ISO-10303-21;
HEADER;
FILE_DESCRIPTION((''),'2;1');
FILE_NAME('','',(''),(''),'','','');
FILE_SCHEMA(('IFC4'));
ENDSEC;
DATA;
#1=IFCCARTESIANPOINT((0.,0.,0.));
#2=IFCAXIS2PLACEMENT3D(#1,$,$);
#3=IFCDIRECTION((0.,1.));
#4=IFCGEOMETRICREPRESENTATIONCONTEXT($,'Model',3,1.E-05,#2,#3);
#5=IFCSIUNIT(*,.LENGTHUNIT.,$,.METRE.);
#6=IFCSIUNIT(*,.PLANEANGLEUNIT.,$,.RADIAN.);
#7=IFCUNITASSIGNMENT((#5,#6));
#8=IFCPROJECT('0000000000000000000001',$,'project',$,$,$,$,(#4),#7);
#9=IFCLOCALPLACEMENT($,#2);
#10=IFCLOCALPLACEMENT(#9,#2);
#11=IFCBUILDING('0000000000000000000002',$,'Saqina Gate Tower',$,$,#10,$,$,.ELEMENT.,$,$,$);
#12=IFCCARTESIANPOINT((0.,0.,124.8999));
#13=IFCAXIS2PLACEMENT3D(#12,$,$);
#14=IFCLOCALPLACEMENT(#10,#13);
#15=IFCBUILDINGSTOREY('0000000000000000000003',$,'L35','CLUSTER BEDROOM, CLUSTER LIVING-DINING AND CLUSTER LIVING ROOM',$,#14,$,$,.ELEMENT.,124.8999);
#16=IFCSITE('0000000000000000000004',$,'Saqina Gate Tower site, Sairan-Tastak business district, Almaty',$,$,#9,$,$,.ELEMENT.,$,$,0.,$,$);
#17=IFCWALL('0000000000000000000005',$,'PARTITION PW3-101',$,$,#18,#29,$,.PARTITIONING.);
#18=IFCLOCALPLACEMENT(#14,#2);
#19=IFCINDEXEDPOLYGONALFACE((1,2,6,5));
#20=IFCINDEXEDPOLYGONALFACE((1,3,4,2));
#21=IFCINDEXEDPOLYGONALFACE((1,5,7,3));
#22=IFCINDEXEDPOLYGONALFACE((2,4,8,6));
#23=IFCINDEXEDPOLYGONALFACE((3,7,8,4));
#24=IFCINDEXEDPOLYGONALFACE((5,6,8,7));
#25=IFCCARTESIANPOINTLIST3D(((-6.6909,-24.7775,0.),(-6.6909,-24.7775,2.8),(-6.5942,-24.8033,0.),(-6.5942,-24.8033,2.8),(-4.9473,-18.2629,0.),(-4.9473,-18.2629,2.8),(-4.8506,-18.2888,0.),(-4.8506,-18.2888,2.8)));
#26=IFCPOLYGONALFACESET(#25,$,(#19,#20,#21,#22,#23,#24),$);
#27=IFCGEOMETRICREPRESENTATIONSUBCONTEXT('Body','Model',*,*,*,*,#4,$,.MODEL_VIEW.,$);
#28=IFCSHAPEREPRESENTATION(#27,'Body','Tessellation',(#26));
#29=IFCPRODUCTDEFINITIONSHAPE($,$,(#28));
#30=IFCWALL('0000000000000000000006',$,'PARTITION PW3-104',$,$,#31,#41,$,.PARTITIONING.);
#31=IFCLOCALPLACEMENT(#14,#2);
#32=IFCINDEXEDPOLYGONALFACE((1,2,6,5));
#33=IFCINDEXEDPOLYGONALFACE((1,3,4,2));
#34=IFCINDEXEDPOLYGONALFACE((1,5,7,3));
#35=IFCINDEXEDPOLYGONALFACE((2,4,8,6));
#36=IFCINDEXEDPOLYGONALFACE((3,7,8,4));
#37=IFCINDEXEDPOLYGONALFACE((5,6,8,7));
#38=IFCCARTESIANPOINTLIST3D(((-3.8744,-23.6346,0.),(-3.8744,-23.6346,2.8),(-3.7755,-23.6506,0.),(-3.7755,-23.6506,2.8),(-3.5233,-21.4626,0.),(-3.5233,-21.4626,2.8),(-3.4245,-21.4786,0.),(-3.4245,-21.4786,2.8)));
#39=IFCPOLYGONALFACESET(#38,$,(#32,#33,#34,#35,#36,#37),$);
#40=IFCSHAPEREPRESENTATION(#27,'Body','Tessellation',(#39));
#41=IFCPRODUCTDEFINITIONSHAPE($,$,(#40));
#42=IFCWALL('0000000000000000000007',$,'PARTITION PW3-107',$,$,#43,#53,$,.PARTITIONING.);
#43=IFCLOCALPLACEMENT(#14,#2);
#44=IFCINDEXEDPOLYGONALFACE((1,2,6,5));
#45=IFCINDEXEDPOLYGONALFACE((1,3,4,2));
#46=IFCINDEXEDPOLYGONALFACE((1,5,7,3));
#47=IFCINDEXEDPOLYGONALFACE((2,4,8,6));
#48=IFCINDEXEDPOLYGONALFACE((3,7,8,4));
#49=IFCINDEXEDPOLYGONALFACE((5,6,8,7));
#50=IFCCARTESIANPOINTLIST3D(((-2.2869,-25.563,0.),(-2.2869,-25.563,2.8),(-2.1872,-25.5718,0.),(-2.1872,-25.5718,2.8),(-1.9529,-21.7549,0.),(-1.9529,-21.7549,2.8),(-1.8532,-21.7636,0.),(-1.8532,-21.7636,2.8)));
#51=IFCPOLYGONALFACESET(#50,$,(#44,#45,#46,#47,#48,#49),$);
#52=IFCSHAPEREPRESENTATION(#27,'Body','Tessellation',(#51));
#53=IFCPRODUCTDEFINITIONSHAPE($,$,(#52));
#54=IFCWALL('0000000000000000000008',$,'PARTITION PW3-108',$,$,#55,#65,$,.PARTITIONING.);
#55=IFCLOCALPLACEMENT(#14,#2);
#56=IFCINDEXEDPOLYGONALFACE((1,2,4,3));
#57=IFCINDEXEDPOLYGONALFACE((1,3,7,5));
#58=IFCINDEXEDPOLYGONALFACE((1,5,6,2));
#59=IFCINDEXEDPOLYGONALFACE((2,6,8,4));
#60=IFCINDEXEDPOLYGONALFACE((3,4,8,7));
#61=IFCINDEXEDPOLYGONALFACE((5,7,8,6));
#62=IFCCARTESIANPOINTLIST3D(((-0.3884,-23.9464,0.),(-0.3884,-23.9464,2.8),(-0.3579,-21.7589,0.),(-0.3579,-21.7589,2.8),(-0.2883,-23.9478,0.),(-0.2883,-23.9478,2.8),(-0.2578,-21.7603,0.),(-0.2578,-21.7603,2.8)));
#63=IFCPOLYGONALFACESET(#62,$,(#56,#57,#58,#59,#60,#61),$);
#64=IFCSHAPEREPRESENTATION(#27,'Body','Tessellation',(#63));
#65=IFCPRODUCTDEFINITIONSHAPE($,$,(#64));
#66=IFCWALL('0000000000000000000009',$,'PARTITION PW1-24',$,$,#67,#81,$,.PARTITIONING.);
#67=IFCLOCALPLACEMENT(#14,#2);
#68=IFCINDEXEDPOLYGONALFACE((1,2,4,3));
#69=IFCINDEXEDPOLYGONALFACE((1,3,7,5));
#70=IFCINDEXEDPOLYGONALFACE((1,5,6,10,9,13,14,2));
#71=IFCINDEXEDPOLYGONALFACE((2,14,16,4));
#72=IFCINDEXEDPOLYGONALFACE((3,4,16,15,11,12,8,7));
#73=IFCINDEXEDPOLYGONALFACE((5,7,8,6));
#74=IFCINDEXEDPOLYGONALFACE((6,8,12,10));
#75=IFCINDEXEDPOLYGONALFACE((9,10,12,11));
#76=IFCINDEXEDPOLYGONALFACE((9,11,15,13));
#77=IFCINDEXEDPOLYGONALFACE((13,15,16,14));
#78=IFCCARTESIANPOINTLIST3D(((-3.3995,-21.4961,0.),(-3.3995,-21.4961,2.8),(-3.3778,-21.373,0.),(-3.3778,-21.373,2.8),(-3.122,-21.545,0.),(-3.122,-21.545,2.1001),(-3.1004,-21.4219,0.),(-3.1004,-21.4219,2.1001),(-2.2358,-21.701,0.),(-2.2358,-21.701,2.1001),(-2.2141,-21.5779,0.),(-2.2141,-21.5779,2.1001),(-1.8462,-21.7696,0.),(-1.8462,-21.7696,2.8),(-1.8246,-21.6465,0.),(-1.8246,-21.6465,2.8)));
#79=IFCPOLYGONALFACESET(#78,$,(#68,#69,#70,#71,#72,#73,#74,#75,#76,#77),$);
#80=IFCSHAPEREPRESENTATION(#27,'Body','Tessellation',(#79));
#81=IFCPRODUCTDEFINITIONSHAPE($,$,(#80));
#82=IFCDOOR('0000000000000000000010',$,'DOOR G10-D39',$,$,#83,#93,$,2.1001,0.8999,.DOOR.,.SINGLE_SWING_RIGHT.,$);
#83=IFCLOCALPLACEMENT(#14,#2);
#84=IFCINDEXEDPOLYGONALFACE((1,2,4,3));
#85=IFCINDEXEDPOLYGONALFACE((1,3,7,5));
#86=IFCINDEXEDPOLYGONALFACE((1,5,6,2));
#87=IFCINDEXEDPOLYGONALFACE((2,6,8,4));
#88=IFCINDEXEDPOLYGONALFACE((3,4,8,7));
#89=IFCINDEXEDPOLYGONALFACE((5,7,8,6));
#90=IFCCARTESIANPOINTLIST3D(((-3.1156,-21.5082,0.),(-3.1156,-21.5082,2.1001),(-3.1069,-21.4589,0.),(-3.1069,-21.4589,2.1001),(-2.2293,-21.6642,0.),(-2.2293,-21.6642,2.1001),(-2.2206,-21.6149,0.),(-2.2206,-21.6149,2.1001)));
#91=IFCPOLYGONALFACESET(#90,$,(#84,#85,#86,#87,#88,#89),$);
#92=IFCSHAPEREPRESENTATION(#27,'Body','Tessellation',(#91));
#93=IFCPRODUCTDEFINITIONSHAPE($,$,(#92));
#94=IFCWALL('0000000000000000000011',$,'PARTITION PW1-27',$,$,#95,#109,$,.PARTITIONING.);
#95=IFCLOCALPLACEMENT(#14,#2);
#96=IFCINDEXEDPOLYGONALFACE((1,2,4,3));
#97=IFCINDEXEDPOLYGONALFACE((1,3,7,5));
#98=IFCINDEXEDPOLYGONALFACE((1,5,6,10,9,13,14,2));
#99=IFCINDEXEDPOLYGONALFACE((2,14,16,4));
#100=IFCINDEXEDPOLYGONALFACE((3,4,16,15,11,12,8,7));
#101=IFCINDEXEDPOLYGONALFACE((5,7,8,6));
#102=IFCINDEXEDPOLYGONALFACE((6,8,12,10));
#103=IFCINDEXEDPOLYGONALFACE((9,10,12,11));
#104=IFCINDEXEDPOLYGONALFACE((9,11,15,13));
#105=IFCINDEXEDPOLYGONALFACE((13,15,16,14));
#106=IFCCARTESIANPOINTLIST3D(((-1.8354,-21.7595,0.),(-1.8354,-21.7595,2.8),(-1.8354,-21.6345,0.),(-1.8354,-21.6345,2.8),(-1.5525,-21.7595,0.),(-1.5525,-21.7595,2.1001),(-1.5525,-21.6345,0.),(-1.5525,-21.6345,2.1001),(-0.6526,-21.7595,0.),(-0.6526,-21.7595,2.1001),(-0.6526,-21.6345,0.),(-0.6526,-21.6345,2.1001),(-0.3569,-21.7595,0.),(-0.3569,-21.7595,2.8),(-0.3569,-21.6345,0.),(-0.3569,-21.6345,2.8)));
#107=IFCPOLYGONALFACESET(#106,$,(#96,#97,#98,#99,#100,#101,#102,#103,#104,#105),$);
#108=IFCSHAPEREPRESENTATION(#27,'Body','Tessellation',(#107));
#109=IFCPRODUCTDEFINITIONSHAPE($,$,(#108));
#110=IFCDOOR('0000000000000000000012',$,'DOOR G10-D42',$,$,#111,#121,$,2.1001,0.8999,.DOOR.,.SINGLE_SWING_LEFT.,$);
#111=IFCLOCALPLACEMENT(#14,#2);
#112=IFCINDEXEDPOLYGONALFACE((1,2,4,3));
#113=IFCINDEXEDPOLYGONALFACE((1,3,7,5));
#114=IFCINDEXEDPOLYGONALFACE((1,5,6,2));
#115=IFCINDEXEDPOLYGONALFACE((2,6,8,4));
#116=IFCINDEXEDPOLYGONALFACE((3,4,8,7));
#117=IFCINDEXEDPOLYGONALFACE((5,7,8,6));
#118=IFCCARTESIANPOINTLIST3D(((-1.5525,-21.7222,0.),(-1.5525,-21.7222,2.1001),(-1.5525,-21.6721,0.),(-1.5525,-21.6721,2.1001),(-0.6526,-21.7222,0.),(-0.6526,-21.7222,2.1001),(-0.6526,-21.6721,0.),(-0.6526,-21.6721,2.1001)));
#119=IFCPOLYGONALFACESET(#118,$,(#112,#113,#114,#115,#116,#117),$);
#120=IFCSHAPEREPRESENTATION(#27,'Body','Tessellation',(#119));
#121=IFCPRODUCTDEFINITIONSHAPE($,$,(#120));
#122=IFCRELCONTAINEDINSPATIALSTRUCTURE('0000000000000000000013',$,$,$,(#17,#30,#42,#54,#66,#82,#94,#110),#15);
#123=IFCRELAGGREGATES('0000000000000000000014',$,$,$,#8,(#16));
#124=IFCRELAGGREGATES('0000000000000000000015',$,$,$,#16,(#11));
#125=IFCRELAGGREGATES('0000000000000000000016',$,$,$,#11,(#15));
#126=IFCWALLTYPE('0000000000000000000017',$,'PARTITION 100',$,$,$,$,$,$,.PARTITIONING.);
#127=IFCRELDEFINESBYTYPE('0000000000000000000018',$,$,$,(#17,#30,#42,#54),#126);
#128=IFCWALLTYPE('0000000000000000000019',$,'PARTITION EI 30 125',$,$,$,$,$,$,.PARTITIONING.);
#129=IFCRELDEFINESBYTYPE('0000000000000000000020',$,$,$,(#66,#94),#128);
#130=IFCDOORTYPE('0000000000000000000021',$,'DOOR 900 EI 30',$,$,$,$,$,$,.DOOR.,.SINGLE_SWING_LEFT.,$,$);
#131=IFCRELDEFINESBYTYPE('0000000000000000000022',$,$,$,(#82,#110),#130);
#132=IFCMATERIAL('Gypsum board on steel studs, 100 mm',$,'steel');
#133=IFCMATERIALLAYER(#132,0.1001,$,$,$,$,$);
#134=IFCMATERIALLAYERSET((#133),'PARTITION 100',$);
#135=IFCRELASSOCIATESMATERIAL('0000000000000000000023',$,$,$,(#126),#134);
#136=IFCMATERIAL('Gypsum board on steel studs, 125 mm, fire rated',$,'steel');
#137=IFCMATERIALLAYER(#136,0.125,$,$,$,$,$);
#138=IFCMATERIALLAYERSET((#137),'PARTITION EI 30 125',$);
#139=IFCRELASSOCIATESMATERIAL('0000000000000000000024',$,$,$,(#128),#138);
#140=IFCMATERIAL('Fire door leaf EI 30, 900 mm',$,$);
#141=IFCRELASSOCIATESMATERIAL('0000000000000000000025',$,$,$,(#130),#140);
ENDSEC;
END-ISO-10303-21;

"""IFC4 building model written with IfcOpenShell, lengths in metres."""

from ifc_helpers import new_model, si_unit, direction, frame, frame_2d, origin, place, context, subcontext, project, spatial, rectangle, extrude, material, layer, layer_set, type_object, element, fill, save


model = new_model("IFC4")

# Units and contexts
model_context = context("Model", 3, precision=1e-05, world=origin(), true_north=direction((0.0, 1.0)))
body_context = subcontext(model_context, "Body", "Model", "MODEL_VIEW")
ifc_project = project(units=[si_unit("LENGTHUNIT", "METRE"), si_unit("PLANEANGLEUNIT", "RADIAN")], contexts=[model_context])

# Site, building, storey
site_placement = place(None, origin())
site = spatial("IfcSite", under=ifc_project, at=site_placement, Name="Saqina Gate Tower site, Sairan-Tastak business district, Almaty", CompositionType="ELEMENT", RefElevation=0.0)
building_placement = place(site_placement, origin())
building = spatial("IfcBuilding", under=site, at=building_placement, Name="Saqina Gate Tower", CompositionType="ELEMENT")
storey_placement = place(building_placement, frame((0.0, 0.0, 124.8999)))
storey = spatial("IfcBuildingStorey", under=building, at=storey_placement, Name="L35", Description="CLUSTER BEDROOM, CLUSTER LIVING-DINING AND CLUSTER LIVING ROOM", CompositionType="ELEMENT", Elevation=124.8999)

# Shared definitions
ifc_material_1 = material(Name="Gypsum board on steel studs, 100 mm", Category="steel")
ifc_layer_1 = layer(ifc_material_1, 0.1001)
ifc_layer_set_1 = layer_set([ifc_layer_1], Name="PARTITION 100")
wall_type_1 = type_object("IfcWallType", Name="PARTITION 100", PredefinedType="PARTITIONING", material=ifc_layer_set_1)

# Walls
wall_1_placement = place(storey_placement, frame((-6.6426, -24.7905, 0.0), z_axis=(0.0, 0.0, 1.0), x_axis=(0.25855, 0.965998, 0.0)))
element("IfcWall", 1, at=wall_1_placement, inside=storey, type_object=wall_type_1, Name="PARTITION PW3-101", PredefinedType="PARTITIONING", context=body_context, shape_type="SweptSolid", body=[
    extrude(rectangle(XDim=6.7439, YDim=0.1001, at=frame_2d((3.3721, 0.0))), origin(), (0.0, 0.0, 1.0), 2.8),
])
wall_2_placement = place(storey_placement, frame((-3.825, -23.6426, 0.0), z_axis=(0.0, 0.0, 1.0), x_axis=(0.159557, 0.987189, 0.0)))
element("IfcWall", 2, at=wall_2_placement, inside=storey, type_object=wall_type_1, Name="PARTITION PW3-104", PredefinedType="PARTITIONING", context=body_context, shape_type="SweptSolid", body=[
    extrude(rectangle(XDim=2.2002, YDim=0.1001, at=frame_2d((1.1001, 0.0))), origin(), (0.0, 0.0, 1.0), 2.8),
])
wall_3_placement = place(storey_placement, frame((-2.2371, -25.5674, 0.0), z_axis=(0.0, 0.0, 1.0), x_axis=(0.087368, 0.996176, 0.0)))
element("IfcWall", 3, at=wall_3_placement, inside=storey, type_object=wall_type_1, Name="PARTITION PW3-107", PredefinedType="PARTITIONING", context=body_context, shape_type="SweptSolid", body=[
    extrude(rectangle(XDim=3.8228, YDim=0.1001, at=frame_2d((1.9114, 0.0))), origin(), (0.0, 0.0, 1.0), 2.8),
])
wall_4_placement = place(storey_placement, frame((-0.3384, -23.947, 0.0), z_axis=(0.0, 0.0, 1.0), x_axis=(0.01395, 0.999903, 0.0)))
element("IfcWall", 4, at=wall_4_placement, inside=storey, type_object=wall_type_1, Name="PARTITION PW3-108", PredefinedType="PARTITIONING", context=body_context, shape_type="SweptSolid", body=[
    extrude(rectangle(XDim=2.1877, YDim=0.1001, at=frame_2d((1.0938, 0.0))), origin(), (0.0, 0.0, 1.0), 2.8),
])

# Walls, openings, doors
ifc_material_2 = material(Name="Gypsum board on steel studs, 125 mm, fire rated", Category="steel")
ifc_layer_2 = layer(ifc_material_2, 0.125)
ifc_layer_set_2 = layer_set([ifc_layer_2], Name="PARTITION EI 30 125")
wall_type_2 = type_object("IfcWallType", Name="PARTITION EI 30 125", PredefinedType="PARTITIONING", material=ifc_layer_set_2)
wall_5_placement = place(storey_placement, frame((-3.3887, -21.4346, 0.0), z_axis=(0.0, 0.0, 1.0), x_axis=(0.984855, -0.173379, 0.0)))
wall_5 = element("IfcWall", 5, at=wall_5_placement, inside=storey, type_object=wall_type_2, Name="PARTITION PW1-24", PredefinedType="PARTITIONING", context=body_context, shape_type="SweptSolid", body=[
    extrude(rectangle(XDim=1.5771, YDim=0.125, at=frame_2d((0.7886, 0.0))), origin(), (0.0, 0.0, 1.0), 2.8),
])
opening_1_placement = place(wall_5_placement, frame((0.2817, 0.0, 0.0)))
opening_1 = element("IfcOpeningElement", 6, at=opening_1_placement, cuts=wall_5, PredefinedType="OPENING", context=body_context, shape_type="SweptSolid", body=[
    extrude(rectangle(XDim=0.8999, YDim=2.1001, at=frame_2d((0.45, 1.05))), frame((0.0, 0.0745, 0.0), z_axis=(0.0, -1.0, 0.0), x_axis=(1.0, 0.0, 0.0)), (0.0, 0.0, 1.0), 0.1489),
])
ifc_material_3 = material(Name="Fire door leaf EI 30, 900 mm")
door_type_1 = type_object("IfcDoorType", Name="DOOR 900 EI 30", OperationType="SINGLE_SWING_LEFT", PredefinedType="DOOR", material=ifc_material_3)
door_1_placement = place(opening_1_placement, origin())
door_1 = element("IfcDoor", 7, at=door_1_placement, inside=storey, type_object=door_type_1, Name="DOOR G10-D39", OperationType="SINGLE_SWING_RIGHT", OverallHeight=2.1001, OverallWidth=0.8999, PredefinedType="DOOR", context=body_context, shape_type="SweptSolid", body=[
    extrude(rectangle(XDim=0.8999, YDim=2.1001, at=frame_2d((0.45, 1.05))), frame((0.0, 0.0249, 0.0), z_axis=(0.0, -1.0, 0.0), x_axis=(1.0, 0.0, 0.0)), (0.0, 0.0, 1.0), 0.05),
])
fill(opening_1, door_1)
wall_6_placement = place(storey_placement, frame((-1.8354, -21.697, 0.0), z_axis=(0.0, 0.0, 1.0), x_axis=(1.0, 0.0, 0.0)))
wall_6 = element("IfcWall", 8, at=wall_6_placement, inside=storey, type_object=wall_type_2, Name="PARTITION PW1-27", PredefinedType="PARTITIONING", context=body_context, shape_type="SweptSolid", body=[
    extrude(rectangle(XDim=1.4785, YDim=0.125, at=frame_2d((0.7393, 0.0))), origin(), (0.0, 0.0, 1.0), 2.8),
])
opening_2_placement = place(wall_6_placement, frame((0.283, 0.0, 0.0)))
opening_2 = element("IfcOpeningElement", 9, at=opening_2_placement, cuts=wall_6, PredefinedType="OPENING", context=body_context, shape_type="SweptSolid", body=[
    extrude(rectangle(XDim=0.8999, YDim=2.1001, at=frame_2d((0.45, 1.05))), frame((0.0, 0.0745, 0.0), z_axis=(0.0, -1.0, 0.0), x_axis=(1.0, 0.0, 0.0)), (0.0, 0.0, 1.0), 0.1489),
])
door_2_placement = place(opening_2_placement, origin())
door_2 = element("IfcDoor", 10, at=door_2_placement, inside=storey, type_object=door_type_1, Name="DOOR G10-D42", OperationType="SINGLE_SWING_LEFT", OverallHeight=2.1001, OverallWidth=0.8999, PredefinedType="DOOR", context=body_context, shape_type="SweptSolid", body=[
    extrude(rectangle(XDim=0.8999, YDim=2.1001, at=frame_2d((0.45, 1.05))), frame((0.0, 0.0249, 0.0), z_axis=(0.0, -1.0, 0.0), x_axis=(1.0, 0.0, 0.0)), (0.0, 0.0, 1.0), 0.05),
])
fill(opening_2, door_2)

save(model, "model.ifc")
